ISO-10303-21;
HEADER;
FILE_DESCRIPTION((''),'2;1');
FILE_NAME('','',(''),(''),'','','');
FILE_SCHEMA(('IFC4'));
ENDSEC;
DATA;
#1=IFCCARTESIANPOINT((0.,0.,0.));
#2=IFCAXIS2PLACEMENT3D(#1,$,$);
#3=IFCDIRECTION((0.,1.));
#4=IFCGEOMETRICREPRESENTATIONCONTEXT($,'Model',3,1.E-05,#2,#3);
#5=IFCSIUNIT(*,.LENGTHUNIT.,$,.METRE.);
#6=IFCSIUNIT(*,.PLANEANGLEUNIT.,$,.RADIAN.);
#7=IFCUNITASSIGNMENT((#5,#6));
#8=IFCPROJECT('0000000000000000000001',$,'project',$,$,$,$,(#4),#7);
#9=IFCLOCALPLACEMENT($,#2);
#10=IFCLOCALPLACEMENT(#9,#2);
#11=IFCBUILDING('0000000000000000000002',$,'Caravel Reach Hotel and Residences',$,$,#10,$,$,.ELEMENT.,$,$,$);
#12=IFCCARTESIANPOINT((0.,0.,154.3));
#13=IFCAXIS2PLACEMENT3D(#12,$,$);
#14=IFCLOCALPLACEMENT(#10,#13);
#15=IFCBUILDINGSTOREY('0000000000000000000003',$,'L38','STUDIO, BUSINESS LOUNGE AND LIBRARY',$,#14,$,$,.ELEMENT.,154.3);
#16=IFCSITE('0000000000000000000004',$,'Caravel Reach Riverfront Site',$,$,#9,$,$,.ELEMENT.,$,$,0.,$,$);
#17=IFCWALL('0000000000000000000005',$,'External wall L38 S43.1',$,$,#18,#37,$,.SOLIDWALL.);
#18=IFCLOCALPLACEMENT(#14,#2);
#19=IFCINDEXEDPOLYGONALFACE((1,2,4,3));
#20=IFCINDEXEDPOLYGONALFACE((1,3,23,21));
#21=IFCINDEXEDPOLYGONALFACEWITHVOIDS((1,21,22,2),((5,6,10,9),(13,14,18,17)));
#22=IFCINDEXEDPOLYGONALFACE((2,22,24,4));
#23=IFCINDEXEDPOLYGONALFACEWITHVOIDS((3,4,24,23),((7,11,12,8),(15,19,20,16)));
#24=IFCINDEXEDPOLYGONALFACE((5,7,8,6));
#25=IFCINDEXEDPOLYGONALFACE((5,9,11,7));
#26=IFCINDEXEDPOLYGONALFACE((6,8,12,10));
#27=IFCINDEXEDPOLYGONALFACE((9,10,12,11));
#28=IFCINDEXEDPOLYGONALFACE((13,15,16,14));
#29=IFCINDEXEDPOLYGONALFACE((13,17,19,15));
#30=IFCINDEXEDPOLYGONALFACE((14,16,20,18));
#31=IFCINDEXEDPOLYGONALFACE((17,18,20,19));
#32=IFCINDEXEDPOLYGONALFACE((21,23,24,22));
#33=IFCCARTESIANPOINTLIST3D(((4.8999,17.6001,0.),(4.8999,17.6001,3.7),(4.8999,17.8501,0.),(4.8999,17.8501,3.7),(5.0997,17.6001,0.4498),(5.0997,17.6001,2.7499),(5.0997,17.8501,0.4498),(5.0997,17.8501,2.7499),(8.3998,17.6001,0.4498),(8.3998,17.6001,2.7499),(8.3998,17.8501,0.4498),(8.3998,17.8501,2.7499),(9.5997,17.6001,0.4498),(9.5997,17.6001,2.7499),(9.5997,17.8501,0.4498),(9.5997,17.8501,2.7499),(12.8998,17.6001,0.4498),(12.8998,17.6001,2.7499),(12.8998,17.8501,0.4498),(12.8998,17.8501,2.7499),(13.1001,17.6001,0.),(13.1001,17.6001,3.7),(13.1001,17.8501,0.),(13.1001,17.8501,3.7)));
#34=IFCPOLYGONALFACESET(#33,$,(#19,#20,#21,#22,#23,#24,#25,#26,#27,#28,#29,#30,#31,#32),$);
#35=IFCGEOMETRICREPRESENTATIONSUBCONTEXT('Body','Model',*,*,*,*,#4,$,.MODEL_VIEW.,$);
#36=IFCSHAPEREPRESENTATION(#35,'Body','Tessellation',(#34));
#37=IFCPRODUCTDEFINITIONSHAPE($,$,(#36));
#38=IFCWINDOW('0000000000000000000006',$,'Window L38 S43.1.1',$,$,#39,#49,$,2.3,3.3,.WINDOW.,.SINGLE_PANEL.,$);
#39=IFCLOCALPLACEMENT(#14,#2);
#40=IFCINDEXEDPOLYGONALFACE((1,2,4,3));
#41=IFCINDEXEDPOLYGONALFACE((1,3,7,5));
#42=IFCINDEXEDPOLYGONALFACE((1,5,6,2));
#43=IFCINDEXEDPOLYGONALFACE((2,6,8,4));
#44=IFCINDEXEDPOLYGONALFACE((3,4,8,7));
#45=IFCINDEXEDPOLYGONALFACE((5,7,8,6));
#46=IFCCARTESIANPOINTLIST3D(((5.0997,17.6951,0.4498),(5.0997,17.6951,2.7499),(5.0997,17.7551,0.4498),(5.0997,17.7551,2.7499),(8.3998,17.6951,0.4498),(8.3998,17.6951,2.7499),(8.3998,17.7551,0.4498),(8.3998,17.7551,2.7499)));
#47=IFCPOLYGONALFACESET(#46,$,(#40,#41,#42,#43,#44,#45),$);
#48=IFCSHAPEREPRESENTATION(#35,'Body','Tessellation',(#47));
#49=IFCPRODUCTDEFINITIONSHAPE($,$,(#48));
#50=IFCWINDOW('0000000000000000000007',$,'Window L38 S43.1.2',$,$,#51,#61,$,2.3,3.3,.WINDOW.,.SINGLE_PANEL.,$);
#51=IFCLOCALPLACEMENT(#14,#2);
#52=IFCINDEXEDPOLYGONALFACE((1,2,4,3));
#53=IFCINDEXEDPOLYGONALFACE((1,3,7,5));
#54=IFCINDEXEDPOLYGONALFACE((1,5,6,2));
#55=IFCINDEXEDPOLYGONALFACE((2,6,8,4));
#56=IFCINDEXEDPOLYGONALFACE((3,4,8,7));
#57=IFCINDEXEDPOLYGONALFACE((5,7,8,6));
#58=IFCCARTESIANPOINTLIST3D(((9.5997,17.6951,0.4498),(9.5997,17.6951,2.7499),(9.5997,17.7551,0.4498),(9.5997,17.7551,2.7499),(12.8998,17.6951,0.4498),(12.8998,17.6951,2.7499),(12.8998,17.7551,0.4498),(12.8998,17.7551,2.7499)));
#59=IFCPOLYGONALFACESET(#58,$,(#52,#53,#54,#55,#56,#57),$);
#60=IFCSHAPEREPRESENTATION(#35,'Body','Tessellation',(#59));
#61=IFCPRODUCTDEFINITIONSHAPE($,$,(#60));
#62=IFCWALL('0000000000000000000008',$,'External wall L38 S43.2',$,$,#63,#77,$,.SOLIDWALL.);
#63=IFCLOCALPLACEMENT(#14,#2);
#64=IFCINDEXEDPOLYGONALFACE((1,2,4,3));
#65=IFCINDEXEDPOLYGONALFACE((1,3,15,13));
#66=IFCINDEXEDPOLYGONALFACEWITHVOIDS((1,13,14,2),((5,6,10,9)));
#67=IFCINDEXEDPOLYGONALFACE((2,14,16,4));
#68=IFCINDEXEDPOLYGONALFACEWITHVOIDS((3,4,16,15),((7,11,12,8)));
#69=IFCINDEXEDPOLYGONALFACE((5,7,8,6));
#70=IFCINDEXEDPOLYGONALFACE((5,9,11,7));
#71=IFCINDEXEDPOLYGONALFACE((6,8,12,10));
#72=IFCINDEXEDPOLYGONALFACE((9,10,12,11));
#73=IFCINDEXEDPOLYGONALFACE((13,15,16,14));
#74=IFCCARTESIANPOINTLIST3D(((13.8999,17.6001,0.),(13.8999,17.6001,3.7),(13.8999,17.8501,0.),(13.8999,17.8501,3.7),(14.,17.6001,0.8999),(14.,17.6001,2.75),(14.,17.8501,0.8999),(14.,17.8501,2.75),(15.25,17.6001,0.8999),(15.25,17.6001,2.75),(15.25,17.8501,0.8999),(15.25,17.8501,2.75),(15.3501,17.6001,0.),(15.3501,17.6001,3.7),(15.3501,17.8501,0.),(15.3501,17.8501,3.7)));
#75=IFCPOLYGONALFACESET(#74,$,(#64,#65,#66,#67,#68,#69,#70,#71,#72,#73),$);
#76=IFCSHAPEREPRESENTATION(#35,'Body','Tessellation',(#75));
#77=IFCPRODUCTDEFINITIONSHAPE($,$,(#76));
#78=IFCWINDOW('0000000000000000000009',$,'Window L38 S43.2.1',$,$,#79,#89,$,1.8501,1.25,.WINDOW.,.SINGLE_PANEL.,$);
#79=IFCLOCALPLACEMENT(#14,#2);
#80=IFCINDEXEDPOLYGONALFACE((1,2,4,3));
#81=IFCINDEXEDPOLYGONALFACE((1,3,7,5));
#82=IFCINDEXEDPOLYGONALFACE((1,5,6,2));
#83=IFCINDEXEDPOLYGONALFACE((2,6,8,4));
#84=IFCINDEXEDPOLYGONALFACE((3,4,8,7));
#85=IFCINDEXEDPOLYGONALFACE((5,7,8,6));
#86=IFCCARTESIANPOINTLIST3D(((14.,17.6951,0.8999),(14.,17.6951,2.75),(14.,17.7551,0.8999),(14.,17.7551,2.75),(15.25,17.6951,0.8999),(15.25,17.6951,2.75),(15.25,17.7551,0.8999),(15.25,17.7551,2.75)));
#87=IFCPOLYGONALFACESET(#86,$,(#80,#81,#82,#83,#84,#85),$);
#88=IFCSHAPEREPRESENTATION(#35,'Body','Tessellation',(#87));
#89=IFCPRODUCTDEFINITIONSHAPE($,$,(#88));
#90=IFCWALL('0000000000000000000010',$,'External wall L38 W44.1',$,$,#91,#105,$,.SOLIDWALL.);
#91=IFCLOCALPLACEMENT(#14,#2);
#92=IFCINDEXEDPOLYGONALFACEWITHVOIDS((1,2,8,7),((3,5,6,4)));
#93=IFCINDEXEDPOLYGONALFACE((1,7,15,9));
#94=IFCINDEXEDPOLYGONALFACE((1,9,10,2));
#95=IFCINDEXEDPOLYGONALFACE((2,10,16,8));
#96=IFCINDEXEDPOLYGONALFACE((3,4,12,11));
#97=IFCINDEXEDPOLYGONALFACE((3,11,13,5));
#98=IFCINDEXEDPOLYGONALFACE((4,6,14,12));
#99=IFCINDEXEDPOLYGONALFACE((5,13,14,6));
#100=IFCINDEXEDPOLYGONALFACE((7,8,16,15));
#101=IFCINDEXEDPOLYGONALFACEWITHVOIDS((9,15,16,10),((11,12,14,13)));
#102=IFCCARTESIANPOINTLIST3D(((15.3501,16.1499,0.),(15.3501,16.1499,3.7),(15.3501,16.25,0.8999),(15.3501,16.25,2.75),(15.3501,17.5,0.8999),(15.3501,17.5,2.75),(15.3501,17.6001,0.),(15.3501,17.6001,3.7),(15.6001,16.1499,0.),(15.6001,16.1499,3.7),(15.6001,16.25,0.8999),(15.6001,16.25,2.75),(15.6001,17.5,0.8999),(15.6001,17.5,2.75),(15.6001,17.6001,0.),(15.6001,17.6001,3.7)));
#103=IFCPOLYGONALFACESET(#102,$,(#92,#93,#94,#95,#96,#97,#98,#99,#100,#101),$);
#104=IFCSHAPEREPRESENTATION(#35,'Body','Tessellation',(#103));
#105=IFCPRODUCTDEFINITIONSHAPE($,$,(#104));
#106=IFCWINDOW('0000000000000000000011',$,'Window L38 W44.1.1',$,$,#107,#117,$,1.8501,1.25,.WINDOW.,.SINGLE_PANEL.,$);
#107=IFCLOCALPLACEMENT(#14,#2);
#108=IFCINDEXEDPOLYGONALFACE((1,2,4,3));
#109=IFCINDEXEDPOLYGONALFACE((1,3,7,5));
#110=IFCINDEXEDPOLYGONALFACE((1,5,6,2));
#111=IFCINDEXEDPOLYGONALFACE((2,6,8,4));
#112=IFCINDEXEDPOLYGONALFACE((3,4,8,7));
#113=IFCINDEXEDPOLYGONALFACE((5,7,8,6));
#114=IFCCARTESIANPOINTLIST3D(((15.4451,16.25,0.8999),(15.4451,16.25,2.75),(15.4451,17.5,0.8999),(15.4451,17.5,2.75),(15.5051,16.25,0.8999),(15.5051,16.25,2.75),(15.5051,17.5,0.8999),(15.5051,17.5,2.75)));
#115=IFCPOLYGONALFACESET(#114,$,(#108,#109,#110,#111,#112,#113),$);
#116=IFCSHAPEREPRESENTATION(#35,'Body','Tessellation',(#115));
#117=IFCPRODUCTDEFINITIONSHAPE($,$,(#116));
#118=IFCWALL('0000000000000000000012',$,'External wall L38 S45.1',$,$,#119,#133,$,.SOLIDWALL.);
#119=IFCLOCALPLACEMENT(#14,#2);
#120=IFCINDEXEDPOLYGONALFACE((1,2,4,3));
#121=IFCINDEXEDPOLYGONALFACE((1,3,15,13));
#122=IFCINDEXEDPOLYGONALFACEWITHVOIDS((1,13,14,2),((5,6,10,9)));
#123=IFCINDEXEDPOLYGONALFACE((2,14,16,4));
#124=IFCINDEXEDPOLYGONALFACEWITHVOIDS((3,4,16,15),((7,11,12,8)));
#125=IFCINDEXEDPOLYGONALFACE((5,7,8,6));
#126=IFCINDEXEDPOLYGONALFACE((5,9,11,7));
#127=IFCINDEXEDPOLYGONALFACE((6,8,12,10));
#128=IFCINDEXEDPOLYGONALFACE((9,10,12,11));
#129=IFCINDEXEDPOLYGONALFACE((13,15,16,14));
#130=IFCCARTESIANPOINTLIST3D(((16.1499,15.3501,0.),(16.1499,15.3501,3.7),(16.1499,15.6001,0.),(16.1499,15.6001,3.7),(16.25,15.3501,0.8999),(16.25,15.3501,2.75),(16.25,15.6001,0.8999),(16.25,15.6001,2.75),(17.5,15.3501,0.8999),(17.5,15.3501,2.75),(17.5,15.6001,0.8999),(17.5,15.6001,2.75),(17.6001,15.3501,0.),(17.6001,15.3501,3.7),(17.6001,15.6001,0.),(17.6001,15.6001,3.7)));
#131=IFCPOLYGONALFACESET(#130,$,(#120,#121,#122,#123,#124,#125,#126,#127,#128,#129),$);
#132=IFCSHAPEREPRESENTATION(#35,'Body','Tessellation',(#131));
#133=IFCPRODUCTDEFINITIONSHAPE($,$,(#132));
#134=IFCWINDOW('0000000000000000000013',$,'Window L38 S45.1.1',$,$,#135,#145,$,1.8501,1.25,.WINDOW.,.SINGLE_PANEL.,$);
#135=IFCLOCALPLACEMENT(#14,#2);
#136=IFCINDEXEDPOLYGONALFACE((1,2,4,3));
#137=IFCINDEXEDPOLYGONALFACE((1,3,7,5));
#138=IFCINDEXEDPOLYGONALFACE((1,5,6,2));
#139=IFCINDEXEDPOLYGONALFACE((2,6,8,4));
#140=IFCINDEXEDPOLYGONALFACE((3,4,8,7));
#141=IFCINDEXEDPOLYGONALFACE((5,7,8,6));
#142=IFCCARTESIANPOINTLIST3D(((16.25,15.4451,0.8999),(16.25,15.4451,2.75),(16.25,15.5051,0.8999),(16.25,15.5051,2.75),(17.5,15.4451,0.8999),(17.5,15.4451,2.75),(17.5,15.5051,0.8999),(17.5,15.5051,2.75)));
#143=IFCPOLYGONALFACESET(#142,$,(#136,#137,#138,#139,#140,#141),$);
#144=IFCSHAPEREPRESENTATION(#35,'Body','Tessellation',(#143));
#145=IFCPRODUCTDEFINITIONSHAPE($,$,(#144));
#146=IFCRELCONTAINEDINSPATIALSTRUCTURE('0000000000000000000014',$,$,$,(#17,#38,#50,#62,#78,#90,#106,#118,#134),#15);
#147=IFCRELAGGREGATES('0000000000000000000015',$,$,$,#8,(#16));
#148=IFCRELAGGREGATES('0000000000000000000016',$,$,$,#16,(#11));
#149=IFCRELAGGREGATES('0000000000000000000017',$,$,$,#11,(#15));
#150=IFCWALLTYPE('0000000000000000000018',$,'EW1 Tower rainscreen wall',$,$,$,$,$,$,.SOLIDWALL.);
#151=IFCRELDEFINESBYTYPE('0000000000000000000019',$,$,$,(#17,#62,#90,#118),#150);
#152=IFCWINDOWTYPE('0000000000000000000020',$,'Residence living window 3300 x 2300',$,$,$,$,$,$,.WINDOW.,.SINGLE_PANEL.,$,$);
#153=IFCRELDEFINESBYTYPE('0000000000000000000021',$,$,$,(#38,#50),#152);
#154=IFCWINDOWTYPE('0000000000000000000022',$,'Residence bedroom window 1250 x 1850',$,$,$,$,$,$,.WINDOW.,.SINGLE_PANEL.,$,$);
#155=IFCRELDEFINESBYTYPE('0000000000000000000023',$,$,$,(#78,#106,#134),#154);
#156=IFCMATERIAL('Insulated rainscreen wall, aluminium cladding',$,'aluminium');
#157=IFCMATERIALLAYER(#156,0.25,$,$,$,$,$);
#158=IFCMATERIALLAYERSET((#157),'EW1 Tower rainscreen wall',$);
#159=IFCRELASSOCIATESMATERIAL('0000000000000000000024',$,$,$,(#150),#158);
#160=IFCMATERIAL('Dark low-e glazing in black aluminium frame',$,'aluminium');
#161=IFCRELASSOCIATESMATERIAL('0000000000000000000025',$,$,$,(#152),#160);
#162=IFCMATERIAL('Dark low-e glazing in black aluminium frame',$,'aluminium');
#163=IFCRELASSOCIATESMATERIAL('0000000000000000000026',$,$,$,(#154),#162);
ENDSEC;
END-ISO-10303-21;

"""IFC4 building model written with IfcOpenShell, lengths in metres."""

from ifc_helpers import new_model, si_unit, direction, frame, frame_2d, origin, place, context, subcontext, project, spatial, rectangle, extrude, material, layer, layer_set, type_object, element, fill, save


model = new_model("IFC4")

# Units and contexts
model_context = context("Model", 3, precision=1e-05, world=origin(), true_north=direction((0.0, 1.0)))
body_context = subcontext(model_context, "Body", "Model", "MODEL_VIEW")
ifc_project = project(units=[si_unit("LENGTHUNIT", "METRE"), si_unit("PLANEANGLEUNIT", "RADIAN")], contexts=[model_context])

# Site, building, storey
site_placement = place(None, origin())
site = spatial("IfcSite", under=ifc_project, at=site_placement, Name="Caravel Reach Riverfront Site", CompositionType="ELEMENT", RefElevation=0.0)
building_placement = place(site_placement, origin())
building = spatial("IfcBuilding", under=site, at=building_placement, Name="Caravel Reach Hotel and Residences", CompositionType="ELEMENT")
storey_placement = place(building_placement, frame((0.0, 0.0, 154.3)))
storey = spatial("IfcBuildingStorey", under=building, at=storey_placement, Name="L38", Description="STUDIO, BUSINESS LOUNGE AND LIBRARY", CompositionType="ELEMENT", Elevation=154.3)

# Wall, openings, windows
ifc_material_1 = material(Name="Insulated rainscreen wall, aluminium cladding", Category="aluminium")
ifc_layer_1 = layer(ifc_material_1, 0.25)
ifc_layer_set_1 = layer_set([ifc_layer_1], Name="EW1 Tower rainscreen wall")
wall_type_1 = type_object("IfcWallType", Name="EW1 Tower rainscreen wall", PredefinedType="SOLIDWALL", material=ifc_layer_set_1)
wall_1_placement = place(storey_placement, frame((4.8999, 17.7251, 0.0), z_axis=(0.0, 0.0, 1.0), x_axis=(1.0, 0.0, 0.0)))
wall_1 = element("IfcWall", 1, at=wall_1_placement, inside=storey, type_object=wall_type_1, Name="External wall L38 S43.1", PredefinedType="SOLIDWALL", context=body_context, shape_type="SweptSolid", body=[
    extrude(rectangle(XDim=8.2002, YDim=0.25, at=frame_2d((4.1001, 0.0))), origin(), (0.0, 0.0, 1.0), 3.7),
])
opening_1_placement = place(wall_1_placement, frame((0.2, 0.0, 0.45)))
opening_1 = element("IfcOpeningElement", 2, at=opening_1_placement, cuts=wall_1, PredefinedType="OPENING", context=body_context, shape_type="SweptSolid", body=[
    extrude(rectangle(XDim=3.3, YDim=2.3, at=frame_2d((1.6499, 1.1499))), frame((0.0, 0.135, 0.0), z_axis=(0.0, -1.0, 0.0), x_axis=(1.0, 0.0, 0.0)), (0.0, 0.0, 1.0), 0.27),
])
opening_2_placement = place(wall_1_placement, frame((4.7, 0.0, 0.45)))
opening_2 = element("IfcOpeningElement", 3, at=opening_2_placement, cuts=wall_1, PredefinedType="OPENING", context=body_context, shape_type="SweptSolid", body=[
    extrude(rectangle(XDim=3.3, YDim=2.3, at=frame_2d((1.6499, 1.1499))), frame((0.0, 0.135, 0.0), z_axis=(0.0, -1.0, 0.0), x_axis=(1.0, 0.0, 0.0)), (0.0, 0.0, 1.0), 0.27),
])
ifc_material_2 = material(Name="Dark low-e glazing in black aluminium frame", Category="aluminium")
window_type_1 = type_object("IfcWindowType", Name="Residence living window 3300 x 2300", PartitioningType="SINGLE_PANEL", PredefinedType="WINDOW", material=ifc_material_2)
window_1_placement = place(opening_1_placement, origin())
window_1 = element("IfcWindow", 4, at=window_1_placement, inside=storey, type_object=window_type_1, Name="Window L38 S43.1.1", OverallHeight=2.3, OverallWidth=3.3, PartitioningType="SINGLE_PANEL", PredefinedType="WINDOW", context=body_context, shape_type="SweptSolid", body=[
    extrude(rectangle(XDim=3.3, YDim=2.3, at=frame_2d((1.6499, 1.1499))), frame((0.0, 0.03, 0.0), z_axis=(0.0, -1.0, 0.0), x_axis=(1.0, 0.0, 0.0)), (0.0, 0.0, 1.0), 0.0601),
])
fill(opening_1, window_1)
window_2_placement = place(opening_2_placement, origin())
window_2 = element("IfcWindow", 5, at=window_2_placement, inside=storey, type_object=window_type_1, Name="Window L38 S43.1.2", OverallHeight=2.3, OverallWidth=3.3, PartitioningType="SINGLE_PANEL", PredefinedType="WINDOW", context=body_context, shape_type="SweptSolid", body=[
    extrude(rectangle(XDim=3.3, YDim=2.3, at=frame_2d((1.6499, 1.1499))), frame((0.0, 0.03, 0.0), z_axis=(0.0, -1.0, 0.0), x_axis=(1.0, 0.0, 0.0)), (0.0, 0.0, 1.0), 0.0601),
])
fill(opening_2, window_2)

# Walls, openings, windows
wall_2_placement = place(storey_placement, frame((13.8999, 17.7251, 0.0), z_axis=(0.0, 0.0, 1.0), x_axis=(1.0, 0.0, 0.0)))
wall_2 = element("IfcWall", 6, at=wall_2_placement, inside=storey, type_object=wall_type_1, Name="External wall L38 S43.2", PredefinedType="SOLIDWALL", context=body_context, shape_type="SweptSolid", body=[
    extrude(rectangle(XDim=1.4502, YDim=0.25, at=frame_2d((0.7251, 0.0))), origin(), (0.0, 0.0, 1.0), 3.7),
])
opening_3_placement = place(wall_2_placement, frame((0.1001, 0.0, 0.8999)))
opening_3 = element("IfcOpeningElement", 7, at=opening_3_placement, cuts=wall_2, PredefinedType="OPENING", context=body_context, shape_type="SweptSolid", body=[
    extrude(rectangle(XDim=1.25, YDim=1.8501, at=frame_2d((0.625, 0.925))), frame((0.0, 0.135, 0.0), z_axis=(0.0, -1.0, 0.0), x_axis=(1.0, 0.0, 0.0)), (0.0, 0.0, 1.0), 0.27),
])
ifc_material_3 = material(Name="Dark low-e glazing in black aluminium frame", Category="aluminium")
window_type_2 = type_object("IfcWindowType", Name="Residence bedroom window 1250 x 1850", PartitioningType="SINGLE_PANEL", PredefinedType="WINDOW", material=ifc_material_3)
window_3_placement = place(opening_3_placement, origin())
window_3 = element("IfcWindow", 8, at=window_3_placement, inside=storey, type_object=window_type_2, Name="Window L38 S43.2.1", OverallHeight=1.8501, OverallWidth=1.25, PartitioningType="SINGLE_PANEL", PredefinedType="WINDOW", context=body_context, shape_type="SweptSolid", body=[
    extrude(rectangle(XDim=1.25, YDim=1.8501, at=frame_2d((0.625, 0.925))), frame((0.0, 0.03, 0.0), z_axis=(0.0, -1.0, 0.0), x_axis=(1.0, 0.0, 0.0)), (0.0, 0.0, 1.0), 0.0601),
])
fill(opening_3, window_3)
wall_3_placement = place(storey_placement, frame((15.4751, 17.6001, 0.0), z_axis=(0.0, 0.0, 1.0), x_axis=(0.0, -1.0, 0.0)))
wall_3 = element("IfcWall", 9, at=wall_3_placement, inside=storey, type_object=wall_type_1, Name="External wall L38 W44.1", PredefinedType="SOLIDWALL", context=body_context, shape_type="SweptSolid", body=[
    extrude(rectangle(XDim=1.4502, YDim=0.25, at=frame_2d((0.7251, 0.0))), origin(), (0.0, 0.0, 1.0), 3.7),
])
opening_4_placement = place(wall_3_placement, frame((0.1001, 0.0, 0.8999)))
opening_4 = element("IfcOpeningElement", 10, at=opening_4_placement, cuts=wall_3, PredefinedType="OPENING", context=body_context, shape_type="SweptSolid", body=[
    extrude(rectangle(XDim=1.25, YDim=1.8501, at=frame_2d((0.625, 0.925))), frame((0.0, 0.135, 0.0), z_axis=(0.0, -1.0, 0.0), x_axis=(1.0, 0.0, 0.0)), (0.0, 0.0, 1.0), 0.27),
])
window_4_placement = place(opening_4_placement, origin())
window_4 = element("IfcWindow", 11, at=window_4_placement, inside=storey, type_object=window_type_2, Name="Window L38 W44.1.1", OverallHeight=1.8501, OverallWidth=1.25, PartitioningType="SINGLE_PANEL", PredefinedType="WINDOW", context=body_context, shape_type="SweptSolid", body=[
    extrude(rectangle(XDim=1.25, YDim=1.8501, at=frame_2d((0.625, 0.925))), frame((0.0, 0.03, 0.0), z_axis=(0.0, -1.0, 0.0), x_axis=(1.0, 0.0, 0.0)), (0.0, 0.0, 1.0), 0.0601),
])
fill(opening_4, window_4)
wall_4_placement = place(storey_placement, frame((16.1499, 15.4751, 0.0), z_axis=(0.0, 0.0, 1.0), x_axis=(1.0, 0.0, 0.0)))
wall_4 = element("IfcWall", 12, at=wall_4_placement, inside=storey, type_object=wall_type_1, Name="External wall L38 S45.1", PredefinedType="SOLIDWALL", context=body_context, shape_type="SweptSolid", body=[
    extrude(rectangle(XDim=1.4502, YDim=0.25, at=frame_2d((0.7251, 0.0))), origin(), (0.0, 0.0, 1.0), 3.7),
])
opening_5_placement = place(wall_4_placement, frame((0.1001, 0.0, 0.8999)))
opening_5 = element("IfcOpeningElement", 13, at=opening_5_placement, cuts=wall_4, PredefinedType="OPENING", context=body_context, shape_type="SweptSolid", body=[
    extrude(rectangle(XDim=1.25, YDim=1.8501, at=frame_2d((0.625, 0.925))), frame((0.0, 0.135, 0.0), z_axis=(0.0, -1.0, 0.0), x_axis=(1.0, 0.0, 0.0)), (0.0, 0.0, 1.0), 0.27),
])
window_5_placement = place(opening_5_placement, origin())
window_5 = element("IfcWindow", 14, at=window_5_placement, inside=storey, type_object=window_type_2, Name="Window L38 S45.1.1", OverallHeight=1.8501, OverallWidth=1.25, PartitioningType="SINGLE_PANEL", PredefinedType="WINDOW", context=body_context, shape_type="SweptSolid", body=[
    extrude(rectangle(XDim=1.25, YDim=1.8501, at=frame_2d((0.625, 0.925))), frame((0.0, 0.03, 0.0), z_axis=(0.0, -1.0, 0.0), x_axis=(1.0, 0.0, 0.0)), (0.0, 0.0, 1.0), 0.0601),
])
fill(opening_5, window_5)

save(model, "model.ifc")
